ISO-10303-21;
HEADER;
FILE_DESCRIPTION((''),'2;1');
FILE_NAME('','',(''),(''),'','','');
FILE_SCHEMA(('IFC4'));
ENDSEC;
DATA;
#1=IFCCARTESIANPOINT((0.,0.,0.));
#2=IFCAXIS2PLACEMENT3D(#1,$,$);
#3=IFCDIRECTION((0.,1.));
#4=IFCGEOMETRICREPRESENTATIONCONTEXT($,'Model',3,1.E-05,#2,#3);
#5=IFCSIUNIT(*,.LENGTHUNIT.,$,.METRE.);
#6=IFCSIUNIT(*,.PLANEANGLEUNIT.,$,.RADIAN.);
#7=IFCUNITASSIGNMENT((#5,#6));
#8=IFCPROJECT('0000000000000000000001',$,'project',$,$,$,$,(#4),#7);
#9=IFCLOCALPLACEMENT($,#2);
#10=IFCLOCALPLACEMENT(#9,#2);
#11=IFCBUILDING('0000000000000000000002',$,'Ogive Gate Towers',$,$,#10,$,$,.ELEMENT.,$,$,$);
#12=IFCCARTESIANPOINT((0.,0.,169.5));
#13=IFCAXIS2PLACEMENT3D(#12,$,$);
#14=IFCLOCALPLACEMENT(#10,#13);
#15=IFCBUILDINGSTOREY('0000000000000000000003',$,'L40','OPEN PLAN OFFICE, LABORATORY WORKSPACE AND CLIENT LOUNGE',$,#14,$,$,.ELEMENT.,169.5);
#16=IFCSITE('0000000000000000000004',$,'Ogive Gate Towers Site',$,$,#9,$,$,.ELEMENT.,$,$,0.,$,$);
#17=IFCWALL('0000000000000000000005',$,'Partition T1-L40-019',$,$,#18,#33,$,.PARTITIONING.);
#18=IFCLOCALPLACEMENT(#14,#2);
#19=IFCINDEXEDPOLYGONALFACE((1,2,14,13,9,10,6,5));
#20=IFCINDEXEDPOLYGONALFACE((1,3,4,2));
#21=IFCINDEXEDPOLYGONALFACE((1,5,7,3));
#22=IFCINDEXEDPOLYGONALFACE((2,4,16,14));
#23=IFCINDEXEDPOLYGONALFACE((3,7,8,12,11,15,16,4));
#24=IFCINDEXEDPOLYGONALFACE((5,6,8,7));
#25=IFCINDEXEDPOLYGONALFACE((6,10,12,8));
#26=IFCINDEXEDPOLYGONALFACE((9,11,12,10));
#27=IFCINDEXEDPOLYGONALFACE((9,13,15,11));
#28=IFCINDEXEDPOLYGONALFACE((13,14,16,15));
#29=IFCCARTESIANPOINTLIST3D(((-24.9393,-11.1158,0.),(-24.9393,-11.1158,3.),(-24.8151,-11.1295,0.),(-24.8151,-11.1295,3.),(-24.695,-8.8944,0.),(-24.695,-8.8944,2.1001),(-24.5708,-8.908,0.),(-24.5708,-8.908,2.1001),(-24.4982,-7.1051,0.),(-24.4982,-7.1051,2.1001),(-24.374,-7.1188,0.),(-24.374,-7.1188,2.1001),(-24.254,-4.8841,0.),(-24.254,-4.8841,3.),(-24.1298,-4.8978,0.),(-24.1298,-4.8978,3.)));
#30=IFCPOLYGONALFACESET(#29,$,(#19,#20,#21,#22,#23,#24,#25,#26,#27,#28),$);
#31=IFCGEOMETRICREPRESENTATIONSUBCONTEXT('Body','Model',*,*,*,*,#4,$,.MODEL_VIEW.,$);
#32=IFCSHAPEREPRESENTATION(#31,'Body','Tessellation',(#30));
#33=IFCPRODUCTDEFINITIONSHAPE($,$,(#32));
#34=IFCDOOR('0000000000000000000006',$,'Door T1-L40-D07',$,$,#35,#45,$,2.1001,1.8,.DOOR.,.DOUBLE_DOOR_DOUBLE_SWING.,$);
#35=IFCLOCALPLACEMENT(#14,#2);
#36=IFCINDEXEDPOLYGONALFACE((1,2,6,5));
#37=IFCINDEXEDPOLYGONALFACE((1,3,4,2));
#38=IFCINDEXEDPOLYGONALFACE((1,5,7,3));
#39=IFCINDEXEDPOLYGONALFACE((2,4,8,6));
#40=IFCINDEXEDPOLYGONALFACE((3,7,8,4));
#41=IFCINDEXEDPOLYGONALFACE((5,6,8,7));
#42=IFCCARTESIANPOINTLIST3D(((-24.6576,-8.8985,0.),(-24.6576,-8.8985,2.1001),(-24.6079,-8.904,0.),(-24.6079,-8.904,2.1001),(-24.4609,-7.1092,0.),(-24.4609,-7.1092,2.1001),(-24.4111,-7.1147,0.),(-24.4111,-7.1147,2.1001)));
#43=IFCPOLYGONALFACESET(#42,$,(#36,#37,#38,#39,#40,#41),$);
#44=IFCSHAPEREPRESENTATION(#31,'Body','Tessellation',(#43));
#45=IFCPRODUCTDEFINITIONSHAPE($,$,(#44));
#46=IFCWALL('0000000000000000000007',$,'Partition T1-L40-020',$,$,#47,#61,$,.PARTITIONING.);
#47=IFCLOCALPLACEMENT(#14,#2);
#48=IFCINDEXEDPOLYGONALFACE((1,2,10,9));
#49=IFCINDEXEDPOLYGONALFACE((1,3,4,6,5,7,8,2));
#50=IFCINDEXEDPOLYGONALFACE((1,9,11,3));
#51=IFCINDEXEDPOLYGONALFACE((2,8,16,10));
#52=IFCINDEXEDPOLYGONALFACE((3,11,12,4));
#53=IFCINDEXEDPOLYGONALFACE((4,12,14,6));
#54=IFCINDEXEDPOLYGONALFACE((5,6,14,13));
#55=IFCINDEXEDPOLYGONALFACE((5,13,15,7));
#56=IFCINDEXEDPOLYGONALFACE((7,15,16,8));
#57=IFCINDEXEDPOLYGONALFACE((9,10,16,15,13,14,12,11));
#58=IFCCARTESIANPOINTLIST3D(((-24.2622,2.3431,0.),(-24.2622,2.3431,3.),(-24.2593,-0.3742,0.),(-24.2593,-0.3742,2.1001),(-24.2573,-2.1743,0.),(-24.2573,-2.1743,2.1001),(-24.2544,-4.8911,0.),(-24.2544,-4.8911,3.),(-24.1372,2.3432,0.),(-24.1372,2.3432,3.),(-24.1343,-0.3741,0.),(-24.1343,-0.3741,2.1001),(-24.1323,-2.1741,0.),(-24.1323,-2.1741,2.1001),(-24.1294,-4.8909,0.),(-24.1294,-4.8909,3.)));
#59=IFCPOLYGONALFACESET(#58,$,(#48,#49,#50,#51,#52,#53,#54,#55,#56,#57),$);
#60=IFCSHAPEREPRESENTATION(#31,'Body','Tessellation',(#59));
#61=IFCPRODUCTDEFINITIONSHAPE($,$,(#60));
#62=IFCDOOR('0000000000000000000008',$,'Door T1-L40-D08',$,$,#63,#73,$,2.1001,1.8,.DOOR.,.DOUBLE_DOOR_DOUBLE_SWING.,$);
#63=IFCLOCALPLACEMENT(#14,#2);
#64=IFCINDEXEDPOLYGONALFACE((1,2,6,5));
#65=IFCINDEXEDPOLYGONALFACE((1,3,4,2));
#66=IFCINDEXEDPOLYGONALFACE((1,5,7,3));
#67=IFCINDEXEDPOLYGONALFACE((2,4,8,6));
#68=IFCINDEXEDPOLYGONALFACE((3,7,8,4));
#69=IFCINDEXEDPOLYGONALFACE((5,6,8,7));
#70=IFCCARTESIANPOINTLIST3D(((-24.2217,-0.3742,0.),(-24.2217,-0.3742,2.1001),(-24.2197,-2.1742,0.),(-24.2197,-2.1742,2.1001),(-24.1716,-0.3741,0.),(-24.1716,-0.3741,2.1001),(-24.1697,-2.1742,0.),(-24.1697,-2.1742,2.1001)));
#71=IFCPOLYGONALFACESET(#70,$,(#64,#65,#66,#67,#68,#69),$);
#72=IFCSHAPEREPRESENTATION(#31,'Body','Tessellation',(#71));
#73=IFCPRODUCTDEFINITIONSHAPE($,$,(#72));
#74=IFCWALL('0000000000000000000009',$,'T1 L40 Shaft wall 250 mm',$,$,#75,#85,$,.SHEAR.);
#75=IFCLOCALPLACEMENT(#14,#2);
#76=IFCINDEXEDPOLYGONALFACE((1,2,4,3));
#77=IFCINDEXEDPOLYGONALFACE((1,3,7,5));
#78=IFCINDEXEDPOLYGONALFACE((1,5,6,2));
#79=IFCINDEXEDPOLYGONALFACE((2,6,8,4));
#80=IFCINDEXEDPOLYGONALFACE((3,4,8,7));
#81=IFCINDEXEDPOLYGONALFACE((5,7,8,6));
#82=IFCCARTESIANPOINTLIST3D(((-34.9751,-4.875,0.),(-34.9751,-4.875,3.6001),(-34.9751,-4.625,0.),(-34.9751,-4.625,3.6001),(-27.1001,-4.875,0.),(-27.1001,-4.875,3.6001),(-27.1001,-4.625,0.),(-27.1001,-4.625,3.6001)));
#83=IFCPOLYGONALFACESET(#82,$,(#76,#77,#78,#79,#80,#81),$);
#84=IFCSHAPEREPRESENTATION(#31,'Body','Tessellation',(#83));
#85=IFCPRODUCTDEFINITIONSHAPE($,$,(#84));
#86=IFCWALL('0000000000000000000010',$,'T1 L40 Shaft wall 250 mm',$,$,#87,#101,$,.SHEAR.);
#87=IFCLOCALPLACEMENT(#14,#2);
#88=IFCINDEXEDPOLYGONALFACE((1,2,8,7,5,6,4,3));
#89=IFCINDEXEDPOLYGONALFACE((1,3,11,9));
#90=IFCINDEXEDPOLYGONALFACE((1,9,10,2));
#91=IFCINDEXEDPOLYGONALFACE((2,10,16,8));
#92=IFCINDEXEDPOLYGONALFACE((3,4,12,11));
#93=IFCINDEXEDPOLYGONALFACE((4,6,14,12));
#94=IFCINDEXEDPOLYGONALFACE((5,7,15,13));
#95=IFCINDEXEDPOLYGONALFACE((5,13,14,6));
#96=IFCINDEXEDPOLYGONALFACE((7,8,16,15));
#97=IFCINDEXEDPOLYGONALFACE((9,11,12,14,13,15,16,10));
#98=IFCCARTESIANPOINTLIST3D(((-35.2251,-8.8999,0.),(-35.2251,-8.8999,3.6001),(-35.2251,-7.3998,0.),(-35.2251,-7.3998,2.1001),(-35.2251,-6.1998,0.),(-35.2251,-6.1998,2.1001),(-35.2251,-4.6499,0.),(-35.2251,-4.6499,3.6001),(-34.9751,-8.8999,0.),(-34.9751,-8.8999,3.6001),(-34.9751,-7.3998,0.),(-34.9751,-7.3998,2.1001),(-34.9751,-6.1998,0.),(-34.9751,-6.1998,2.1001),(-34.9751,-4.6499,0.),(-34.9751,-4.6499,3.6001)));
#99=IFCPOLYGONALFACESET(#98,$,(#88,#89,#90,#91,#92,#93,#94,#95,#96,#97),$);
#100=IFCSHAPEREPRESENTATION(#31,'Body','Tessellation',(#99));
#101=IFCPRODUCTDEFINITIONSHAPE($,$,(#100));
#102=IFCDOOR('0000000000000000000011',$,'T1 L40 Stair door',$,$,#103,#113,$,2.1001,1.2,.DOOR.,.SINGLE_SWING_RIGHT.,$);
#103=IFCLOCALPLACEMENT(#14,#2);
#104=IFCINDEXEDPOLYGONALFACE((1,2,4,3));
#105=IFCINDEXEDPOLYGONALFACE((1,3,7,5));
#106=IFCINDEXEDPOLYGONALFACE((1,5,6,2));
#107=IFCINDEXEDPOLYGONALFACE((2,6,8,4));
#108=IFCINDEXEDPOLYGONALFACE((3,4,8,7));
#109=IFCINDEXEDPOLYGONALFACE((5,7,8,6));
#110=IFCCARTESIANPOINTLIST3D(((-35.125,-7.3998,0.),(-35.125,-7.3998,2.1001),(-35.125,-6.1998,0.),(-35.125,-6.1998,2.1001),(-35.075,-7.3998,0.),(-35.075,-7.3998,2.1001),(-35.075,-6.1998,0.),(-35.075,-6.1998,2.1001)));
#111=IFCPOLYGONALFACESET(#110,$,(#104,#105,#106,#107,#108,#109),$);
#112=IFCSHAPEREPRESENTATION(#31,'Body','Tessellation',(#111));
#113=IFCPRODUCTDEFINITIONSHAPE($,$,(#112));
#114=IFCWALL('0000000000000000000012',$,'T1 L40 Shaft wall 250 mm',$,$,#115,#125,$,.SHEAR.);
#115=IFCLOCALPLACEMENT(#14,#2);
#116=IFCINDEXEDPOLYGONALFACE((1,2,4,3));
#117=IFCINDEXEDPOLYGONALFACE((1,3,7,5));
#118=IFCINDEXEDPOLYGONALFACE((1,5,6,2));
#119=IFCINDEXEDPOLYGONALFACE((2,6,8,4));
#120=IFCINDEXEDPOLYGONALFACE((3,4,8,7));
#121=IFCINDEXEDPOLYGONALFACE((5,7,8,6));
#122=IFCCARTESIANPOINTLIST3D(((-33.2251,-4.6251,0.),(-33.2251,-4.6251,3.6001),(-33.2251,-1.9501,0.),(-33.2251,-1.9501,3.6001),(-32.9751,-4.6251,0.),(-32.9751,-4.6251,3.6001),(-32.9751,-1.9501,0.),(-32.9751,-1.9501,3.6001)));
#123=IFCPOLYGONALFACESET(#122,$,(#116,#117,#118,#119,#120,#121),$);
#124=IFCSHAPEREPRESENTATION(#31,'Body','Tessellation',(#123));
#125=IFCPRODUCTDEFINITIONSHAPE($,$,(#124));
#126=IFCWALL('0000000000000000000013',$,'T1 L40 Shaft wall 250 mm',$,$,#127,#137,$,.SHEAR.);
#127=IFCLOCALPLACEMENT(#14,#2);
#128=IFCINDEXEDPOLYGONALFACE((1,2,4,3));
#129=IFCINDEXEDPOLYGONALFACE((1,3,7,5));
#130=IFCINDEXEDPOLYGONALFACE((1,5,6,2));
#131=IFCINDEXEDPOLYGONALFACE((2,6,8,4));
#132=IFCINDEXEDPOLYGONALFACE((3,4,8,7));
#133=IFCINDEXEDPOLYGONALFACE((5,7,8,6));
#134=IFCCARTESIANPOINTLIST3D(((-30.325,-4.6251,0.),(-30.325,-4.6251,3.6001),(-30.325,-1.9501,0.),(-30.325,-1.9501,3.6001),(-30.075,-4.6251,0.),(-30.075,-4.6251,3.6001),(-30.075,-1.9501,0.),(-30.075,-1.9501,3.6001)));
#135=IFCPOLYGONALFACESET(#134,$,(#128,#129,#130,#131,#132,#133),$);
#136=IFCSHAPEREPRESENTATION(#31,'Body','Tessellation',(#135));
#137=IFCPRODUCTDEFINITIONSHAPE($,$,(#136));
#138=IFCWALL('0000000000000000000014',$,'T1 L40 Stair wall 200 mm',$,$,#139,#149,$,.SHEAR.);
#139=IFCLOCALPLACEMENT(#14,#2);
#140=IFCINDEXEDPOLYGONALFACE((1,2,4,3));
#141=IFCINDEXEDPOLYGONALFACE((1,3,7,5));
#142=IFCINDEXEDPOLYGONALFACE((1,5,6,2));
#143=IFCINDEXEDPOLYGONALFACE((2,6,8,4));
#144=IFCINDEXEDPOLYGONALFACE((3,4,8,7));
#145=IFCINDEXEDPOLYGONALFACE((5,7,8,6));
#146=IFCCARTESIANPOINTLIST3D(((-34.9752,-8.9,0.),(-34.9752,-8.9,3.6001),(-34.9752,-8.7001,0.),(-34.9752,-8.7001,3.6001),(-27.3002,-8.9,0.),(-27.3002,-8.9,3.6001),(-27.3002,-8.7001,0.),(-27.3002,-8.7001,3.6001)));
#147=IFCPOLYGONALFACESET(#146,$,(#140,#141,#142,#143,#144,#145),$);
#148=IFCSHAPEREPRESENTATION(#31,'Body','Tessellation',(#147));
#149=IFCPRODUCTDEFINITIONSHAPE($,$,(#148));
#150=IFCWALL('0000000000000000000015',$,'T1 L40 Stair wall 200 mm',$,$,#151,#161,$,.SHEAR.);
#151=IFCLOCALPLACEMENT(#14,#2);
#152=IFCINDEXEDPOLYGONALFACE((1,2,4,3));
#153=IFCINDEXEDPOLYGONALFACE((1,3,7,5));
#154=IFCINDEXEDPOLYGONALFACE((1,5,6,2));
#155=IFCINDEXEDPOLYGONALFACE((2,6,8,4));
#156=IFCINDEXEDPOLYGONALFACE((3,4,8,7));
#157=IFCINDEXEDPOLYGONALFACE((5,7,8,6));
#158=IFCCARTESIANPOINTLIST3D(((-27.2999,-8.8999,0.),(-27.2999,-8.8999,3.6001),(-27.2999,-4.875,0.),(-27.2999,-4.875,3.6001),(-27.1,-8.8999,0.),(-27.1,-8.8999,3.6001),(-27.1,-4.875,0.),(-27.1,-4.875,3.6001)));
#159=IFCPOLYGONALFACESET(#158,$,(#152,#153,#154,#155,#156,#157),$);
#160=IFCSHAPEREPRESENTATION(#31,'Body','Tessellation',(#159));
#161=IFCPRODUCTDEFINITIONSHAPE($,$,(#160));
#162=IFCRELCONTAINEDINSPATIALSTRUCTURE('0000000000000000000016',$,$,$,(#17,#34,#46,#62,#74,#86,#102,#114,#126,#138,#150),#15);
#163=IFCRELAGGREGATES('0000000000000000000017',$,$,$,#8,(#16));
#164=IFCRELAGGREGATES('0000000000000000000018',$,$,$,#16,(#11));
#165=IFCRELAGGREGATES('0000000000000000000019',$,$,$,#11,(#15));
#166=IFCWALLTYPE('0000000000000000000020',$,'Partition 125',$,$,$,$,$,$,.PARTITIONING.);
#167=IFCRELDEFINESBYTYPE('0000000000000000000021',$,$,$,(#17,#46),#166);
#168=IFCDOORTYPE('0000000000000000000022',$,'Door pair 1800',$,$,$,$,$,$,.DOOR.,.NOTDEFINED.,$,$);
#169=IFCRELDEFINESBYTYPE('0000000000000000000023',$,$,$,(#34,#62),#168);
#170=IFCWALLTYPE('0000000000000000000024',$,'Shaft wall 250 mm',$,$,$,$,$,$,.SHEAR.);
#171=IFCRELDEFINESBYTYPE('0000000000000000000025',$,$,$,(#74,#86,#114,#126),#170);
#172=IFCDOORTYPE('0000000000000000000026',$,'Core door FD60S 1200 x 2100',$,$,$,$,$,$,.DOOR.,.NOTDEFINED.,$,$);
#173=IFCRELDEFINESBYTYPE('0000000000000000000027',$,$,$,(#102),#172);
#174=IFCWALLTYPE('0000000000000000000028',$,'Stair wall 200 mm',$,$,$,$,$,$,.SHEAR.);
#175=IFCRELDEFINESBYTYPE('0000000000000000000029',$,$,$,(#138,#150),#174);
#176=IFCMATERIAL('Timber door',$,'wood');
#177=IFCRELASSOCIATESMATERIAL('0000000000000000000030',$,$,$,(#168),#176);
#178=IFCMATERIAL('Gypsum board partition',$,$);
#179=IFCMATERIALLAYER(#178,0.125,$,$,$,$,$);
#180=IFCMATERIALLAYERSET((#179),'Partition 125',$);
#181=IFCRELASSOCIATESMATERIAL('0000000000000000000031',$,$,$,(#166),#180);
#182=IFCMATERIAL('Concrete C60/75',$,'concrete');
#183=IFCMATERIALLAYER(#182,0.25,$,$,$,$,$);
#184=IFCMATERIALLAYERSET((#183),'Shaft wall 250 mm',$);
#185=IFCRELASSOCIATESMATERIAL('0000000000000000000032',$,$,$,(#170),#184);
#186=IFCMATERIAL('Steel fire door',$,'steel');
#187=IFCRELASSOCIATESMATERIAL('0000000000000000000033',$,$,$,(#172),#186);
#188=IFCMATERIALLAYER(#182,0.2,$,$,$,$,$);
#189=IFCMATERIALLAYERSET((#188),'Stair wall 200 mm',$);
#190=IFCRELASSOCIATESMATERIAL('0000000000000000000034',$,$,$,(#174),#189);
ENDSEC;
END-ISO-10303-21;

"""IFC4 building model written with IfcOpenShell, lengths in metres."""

from ifc_helpers import new_model, si_unit, direction, frame, frame_2d, origin, place, context, subcontext, project, spatial, rectangle, extrude, material, layer, layer_set, type_object, element, fill, save


model = new_model("IFC4")

# Units and contexts
model_context = context("Model", 3, precision=1e-05, world=origin(), true_north=direction((0.0, 1.0)))
body_context = subcontext(model_context, "Body", "Model", "MODEL_VIEW")
ifc_project = project(units=[si_unit("LENGTHUNIT", "METRE"), si_unit("PLANEANGLEUNIT", "RADIAN")], contexts=[model_context])

# Site, building, storey
site_placement = place(None, origin())
site = spatial("IfcSite", under=ifc_project, at=site_placement, Name="Ogive Gate Towers Site", CompositionType="ELEMENT", RefElevation=0.0)
building_placement = place(site_placement, origin())
building = spatial("IfcBuilding", under=site, at=building_placement, Name="Ogive Gate Towers", CompositionType="ELEMENT")
storey_placement = place(building_placement, frame((0.0, 0.0, 169.5)))
storey = spatial("IfcBuildingStorey", under=building, at=storey_placement, Name="L40", Description="OPEN PLAN OFFICE, LABORATORY WORKSPACE AND CLIENT LOUNGE", CompositionType="ELEMENT", Elevation=169.5)

# Shared definitions
ifc_material_1 = material(Name="Timber door", Category="wood")
door_type_1 = type_object("IfcDoorType", Name="Door pair 1800", OperationType="NOTDEFINED", PredefinedType="DOOR", material=ifc_material_1)
ifc_material_2 = material(Name="Concrete C60/75", Category="concrete")
ifc_material_3 = material(Name="Steel fire door", Category="steel")

# Shared definitions
ifc_material_4 = material(Name="Gypsum board partition")
ifc_layer_1 = layer(ifc_material_4, 0.125)
ifc_layer_set_1 = layer_set([ifc_layer_1], Name="Partition 125")
wall_type_1 = type_object("IfcWallType", Name="Partition 125", PredefinedType="PARTITIONING", material=ifc_layer_set_1)

# Walls, openings, doors
wall_1_placement = place(storey_placement, frame((-24.8772, -11.1228, 0.0), z_axis=(0.0, 0.0, 1.0), x_axis=(0.109312, 0.994008, 0.0)))
wall_1 = element("IfcWall", 1, at=wall_1_placement, inside=storey, type_object=wall_type_1, Name="Partition T1-L40-019", PredefinedType="PARTITIONING", context=body_context, shape_type="SweptSolid", body=[
    extrude(rectangle(XDim=6.2693, YDim=0.125, at=frame_2d((3.1348, 0.0))), origin(), (0.0, 0.0, 1.0), 3.0),
])
opening_1_placement = place(wall_1_placement, frame((2.2351, 0.0, 0.0)))
opening_1 = element("IfcOpeningElement", 2, at=opening_1_placement, cuts=wall_1, PredefinedType="OPENING", context=body_context, shape_type="SweptSolid", body=[
    extrude(rectangle(XDim=1.8, YDim=2.1001, at=frame_2d((0.8999, 1.05))), frame((0.0, 0.0725, 0.0), z_axis=(0.0, -1.0, 0.0), x_axis=(1.0, 0.0, 0.0)), (0.0, 0.0, 1.0), 0.145),
])
door_1_placement = place(opening_1_placement, origin())
door_1 = element("IfcDoor", 3, at=door_1_placement, inside=storey, type_object=door_type_1, Name="Door T1-L40-D07", OperationType="DOUBLE_DOOR_DOUBLE_SWING", OverallHeight=2.1001, OverallWidth=1.8, PredefinedType="DOOR", context=body_context, shape_type="SweptSolid", body=[
    extrude(rectangle(XDim=1.8, YDim=2.1001, at=frame_2d((0.8999, 1.05))), frame((0.0, 0.0249, 0.0), z_axis=(0.0, -1.0, 0.0), x_axis=(1.0, 0.0, 0.0)), (0.0, 0.0, 1.0), 0.05),
])
fill(opening_1, door_1)
wall_2_placement = place(storey_placement, frame((-24.1919, -4.8911, 0.0), z_axis=(0.0, 0.0, 1.0), x_axis=(-0.00108, 0.999999, 0.0)))
wall_2 = element("IfcWall", 4, at=wall_2_placement, inside=storey, type_object=wall_type_1, Name="Partition T1-L40-020", PredefinedType="PARTITIONING", context=body_context, shape_type="SweptSolid", body=[
    extrude(rectangle(XDim=7.2341, YDim=0.125, at=frame_2d((3.6172, 0.0))), origin(), (0.0, 0.0, 1.0), 3.0),
])
opening_2_placement = place(wall_2_placement, frame((2.717, 0.0, 0.0)))
opening_2 = element("IfcOpeningElement", 5, at=opening_2_placement, cuts=wall_2, PredefinedType="OPENING", context=body_context, shape_type="SweptSolid", body=[
    extrude(rectangle(XDim=1.8, YDim=2.1001, at=frame_2d((0.8999, 1.05))), frame((0.0, 0.0725, 0.0), z_axis=(0.0, -1.0, 0.0), x_axis=(1.0, 0.0, 0.0)), (0.0, 0.0, 1.0), 0.145),
])
door_2_placement = place(opening_2_placement, origin())
door_2 = element("IfcDoor", 6, at=door_2_placement, inside=storey, type_object=door_type_1, Name="Door T1-L40-D08", OperationType="DOUBLE_DOOR_DOUBLE_SWING", OverallHeight=2.1001, OverallWidth=1.8, PredefinedType="DOOR", context=body_context, shape_type="SweptSolid", body=[
    extrude(rectangle(XDim=1.8, YDim=2.1001, at=frame_2d((0.8999, 1.05))), frame((0.0, 0.0249, 0.0), z_axis=(0.0, -1.0, 0.0), x_axis=(1.0, 0.0, 0.0)), (0.0, 0.0, 1.0), 0.05),
])
fill(opening_2, door_2)

# Wall
ifc_layer_2 = layer(ifc_material_2, 0.25)
ifc_layer_set_2 = layer_set([ifc_layer_2], Name="Shaft wall 250 mm")
wall_type_2 = type_object("IfcWallType", Name="Shaft wall 250 mm", PredefinedType="SHEAR", material=ifc_layer_set_2)
wall_3_placement = place(storey_placement, frame((-34.9751, -4.75, 0.0), z_axis=(0.0, 0.0, 1.0), x_axis=(1.0, 0.0, 0.0)))
element("IfcWall", 7, at=wall_3_placement, inside=storey, type_object=wall_type_2, Name="T1 L40 Shaft wall 250 mm", PredefinedType="SHEAR", context=body_context, shape_type="SweptSolid", body=[
    extrude(rectangle(XDim=7.875, YDim=0.25, at=frame_2d((3.9375, 0.0))), origin(), (0.0, 0.0, 1.0), 3.6001),
])

# Wall, opening, door
wall_4_placement = place(storey_placement, frame((-35.1001, -8.8999, 0.0), z_axis=(0.0, 0.0, 1.0), x_axis=(0.0, 1.0, 0.0)))
wall_4 = element("IfcWall", 8, at=wall_4_placement, inside=storey, type_object=wall_type_2, Name="T1 L40 Shaft wall 250 mm", PredefinedType="SHEAR", context=body_context, shape_type="SweptSolid", body=[
    extrude(rectangle(XDim=4.25, YDim=0.25, at=frame_2d((2.125, 0.0))), origin(), (0.0, 0.0, 1.0), 3.6001),
])
opening_3_placement = place(wall_4_placement, frame((1.5, 0.0, 0.0)))
opening_3 = element("IfcOpeningElement", 9, at=opening_3_placement, cuts=wall_4, PredefinedType="OPENING", context=body_context, shape_type="SweptSolid", body=[
    extrude(rectangle(XDim=1.2, YDim=2.1001, at=frame_2d((0.6001, 1.05))), frame((0.0, 0.135, 0.0), z_axis=(0.0, -1.0, 0.0), x_axis=(1.0, 0.0, 0.0)), (0.0, 0.0, 1.0), 0.27),
])
door_type_2 = type_object("IfcDoorType", Name="Core door FD60S 1200 x 2100", OperationType="NOTDEFINED", PredefinedType="DOOR", material=ifc_material_3)
door_3_placement = place(opening_3_placement, origin())
door_3 = element("IfcDoor", 10, at=door_3_placement, inside=storey, type_object=door_type_2, Name="T1 L40 Stair door", OperationType="SINGLE_SWING_RIGHT", OverallHeight=2.1001, OverallWidth=1.2, PredefinedType="DOOR", context=body_context, shape_type="SweptSolid", body=[
    extrude(rectangle(XDim=1.2, YDim=2.1001, at=frame_2d((0.6001, 1.05))), frame((0.0, 0.0249, 0.0), z_axis=(0.0, -1.0, 0.0), x_axis=(1.0, 0.0, 0.0)), (0.0, 0.0, 1.0), 0.05),
])
fill(opening_3, door_3)

# Walls
for number, where, z_axis, x_axis, name in (
    (11, (-33.1001, -4.625, 0.0), (0.0, 0.0, 1.0), (0.0, 1.0, 0.0), "T1 L40 Shaft wall 250 mm"),
    (12, (-30.2, -4.625, 0.0), (0.0, 0.0, 1.0), (0.0, 1.0, 0.0), "T1 L40 Shaft wall 250 mm"),
):
    element("IfcWall", number, at=place(storey_placement, frame(where, z_axis=z_axis, x_axis=x_axis)), inside=storey, type_object=wall_type_2, Name=name, PredefinedType="SHEAR", context=body_context, shape_type="SweptSolid", body=[
        extrude(rectangle(XDim=2.675, YDim=0.25, at=frame_2d((1.3374, 0.0))), origin(), (0.0, 0.0, 1.0), 3.6001),
    ])
ifc_layer_3 = layer(ifc_material_2, 0.2)
ifc_layer_set_3 = layer_set([ifc_layer_3], Name="Stair wall 200 mm")
wall_type_3 = type_object("IfcWallType", Name="Stair wall 200 mm", PredefinedType="SHEAR", material=ifc_layer_set_3)
wall_5_placement = place(storey_placement, frame((-34.9751, -8.8, 0.0), z_axis=(0.0, 0.0, 1.0), x_axis=(1.0, 0.0, 0.0)))
element("IfcWall", 13, at=wall_5_placement, inside=storey, type_object=wall_type_3, Name="T1 L40 Stair wall 200 mm", PredefinedType="SHEAR", context=body_context, shape_type="SweptSolid", body=[
    extrude(rectangle(XDim=7.675, YDim=0.2, at=frame_2d((3.8374, 0.0))), origin(), (0.0, 0.0, 1.0), 3.6001),
])
wall_6_placement = place(storey_placement, frame((-27.2, -8.8999, 0.0), z_axis=(0.0, 0.0, 1.0), x_axis=(0.0, 1.0, 0.0)))
element("IfcWall", 14, at=wall_6_placement, inside=storey, type_object=wall_type_3, Name="T1 L40 Stair wall 200 mm", PredefinedType="SHEAR", context=body_context, shape_type="SweptSolid", body=[
    extrude(rectangle(XDim=4.0249, YDim=0.2, at=frame_2d((2.0125, 0.0))), origin(), (0.0, 0.0, 1.0), 3.6001),
])

save(model, "model.ifc")
